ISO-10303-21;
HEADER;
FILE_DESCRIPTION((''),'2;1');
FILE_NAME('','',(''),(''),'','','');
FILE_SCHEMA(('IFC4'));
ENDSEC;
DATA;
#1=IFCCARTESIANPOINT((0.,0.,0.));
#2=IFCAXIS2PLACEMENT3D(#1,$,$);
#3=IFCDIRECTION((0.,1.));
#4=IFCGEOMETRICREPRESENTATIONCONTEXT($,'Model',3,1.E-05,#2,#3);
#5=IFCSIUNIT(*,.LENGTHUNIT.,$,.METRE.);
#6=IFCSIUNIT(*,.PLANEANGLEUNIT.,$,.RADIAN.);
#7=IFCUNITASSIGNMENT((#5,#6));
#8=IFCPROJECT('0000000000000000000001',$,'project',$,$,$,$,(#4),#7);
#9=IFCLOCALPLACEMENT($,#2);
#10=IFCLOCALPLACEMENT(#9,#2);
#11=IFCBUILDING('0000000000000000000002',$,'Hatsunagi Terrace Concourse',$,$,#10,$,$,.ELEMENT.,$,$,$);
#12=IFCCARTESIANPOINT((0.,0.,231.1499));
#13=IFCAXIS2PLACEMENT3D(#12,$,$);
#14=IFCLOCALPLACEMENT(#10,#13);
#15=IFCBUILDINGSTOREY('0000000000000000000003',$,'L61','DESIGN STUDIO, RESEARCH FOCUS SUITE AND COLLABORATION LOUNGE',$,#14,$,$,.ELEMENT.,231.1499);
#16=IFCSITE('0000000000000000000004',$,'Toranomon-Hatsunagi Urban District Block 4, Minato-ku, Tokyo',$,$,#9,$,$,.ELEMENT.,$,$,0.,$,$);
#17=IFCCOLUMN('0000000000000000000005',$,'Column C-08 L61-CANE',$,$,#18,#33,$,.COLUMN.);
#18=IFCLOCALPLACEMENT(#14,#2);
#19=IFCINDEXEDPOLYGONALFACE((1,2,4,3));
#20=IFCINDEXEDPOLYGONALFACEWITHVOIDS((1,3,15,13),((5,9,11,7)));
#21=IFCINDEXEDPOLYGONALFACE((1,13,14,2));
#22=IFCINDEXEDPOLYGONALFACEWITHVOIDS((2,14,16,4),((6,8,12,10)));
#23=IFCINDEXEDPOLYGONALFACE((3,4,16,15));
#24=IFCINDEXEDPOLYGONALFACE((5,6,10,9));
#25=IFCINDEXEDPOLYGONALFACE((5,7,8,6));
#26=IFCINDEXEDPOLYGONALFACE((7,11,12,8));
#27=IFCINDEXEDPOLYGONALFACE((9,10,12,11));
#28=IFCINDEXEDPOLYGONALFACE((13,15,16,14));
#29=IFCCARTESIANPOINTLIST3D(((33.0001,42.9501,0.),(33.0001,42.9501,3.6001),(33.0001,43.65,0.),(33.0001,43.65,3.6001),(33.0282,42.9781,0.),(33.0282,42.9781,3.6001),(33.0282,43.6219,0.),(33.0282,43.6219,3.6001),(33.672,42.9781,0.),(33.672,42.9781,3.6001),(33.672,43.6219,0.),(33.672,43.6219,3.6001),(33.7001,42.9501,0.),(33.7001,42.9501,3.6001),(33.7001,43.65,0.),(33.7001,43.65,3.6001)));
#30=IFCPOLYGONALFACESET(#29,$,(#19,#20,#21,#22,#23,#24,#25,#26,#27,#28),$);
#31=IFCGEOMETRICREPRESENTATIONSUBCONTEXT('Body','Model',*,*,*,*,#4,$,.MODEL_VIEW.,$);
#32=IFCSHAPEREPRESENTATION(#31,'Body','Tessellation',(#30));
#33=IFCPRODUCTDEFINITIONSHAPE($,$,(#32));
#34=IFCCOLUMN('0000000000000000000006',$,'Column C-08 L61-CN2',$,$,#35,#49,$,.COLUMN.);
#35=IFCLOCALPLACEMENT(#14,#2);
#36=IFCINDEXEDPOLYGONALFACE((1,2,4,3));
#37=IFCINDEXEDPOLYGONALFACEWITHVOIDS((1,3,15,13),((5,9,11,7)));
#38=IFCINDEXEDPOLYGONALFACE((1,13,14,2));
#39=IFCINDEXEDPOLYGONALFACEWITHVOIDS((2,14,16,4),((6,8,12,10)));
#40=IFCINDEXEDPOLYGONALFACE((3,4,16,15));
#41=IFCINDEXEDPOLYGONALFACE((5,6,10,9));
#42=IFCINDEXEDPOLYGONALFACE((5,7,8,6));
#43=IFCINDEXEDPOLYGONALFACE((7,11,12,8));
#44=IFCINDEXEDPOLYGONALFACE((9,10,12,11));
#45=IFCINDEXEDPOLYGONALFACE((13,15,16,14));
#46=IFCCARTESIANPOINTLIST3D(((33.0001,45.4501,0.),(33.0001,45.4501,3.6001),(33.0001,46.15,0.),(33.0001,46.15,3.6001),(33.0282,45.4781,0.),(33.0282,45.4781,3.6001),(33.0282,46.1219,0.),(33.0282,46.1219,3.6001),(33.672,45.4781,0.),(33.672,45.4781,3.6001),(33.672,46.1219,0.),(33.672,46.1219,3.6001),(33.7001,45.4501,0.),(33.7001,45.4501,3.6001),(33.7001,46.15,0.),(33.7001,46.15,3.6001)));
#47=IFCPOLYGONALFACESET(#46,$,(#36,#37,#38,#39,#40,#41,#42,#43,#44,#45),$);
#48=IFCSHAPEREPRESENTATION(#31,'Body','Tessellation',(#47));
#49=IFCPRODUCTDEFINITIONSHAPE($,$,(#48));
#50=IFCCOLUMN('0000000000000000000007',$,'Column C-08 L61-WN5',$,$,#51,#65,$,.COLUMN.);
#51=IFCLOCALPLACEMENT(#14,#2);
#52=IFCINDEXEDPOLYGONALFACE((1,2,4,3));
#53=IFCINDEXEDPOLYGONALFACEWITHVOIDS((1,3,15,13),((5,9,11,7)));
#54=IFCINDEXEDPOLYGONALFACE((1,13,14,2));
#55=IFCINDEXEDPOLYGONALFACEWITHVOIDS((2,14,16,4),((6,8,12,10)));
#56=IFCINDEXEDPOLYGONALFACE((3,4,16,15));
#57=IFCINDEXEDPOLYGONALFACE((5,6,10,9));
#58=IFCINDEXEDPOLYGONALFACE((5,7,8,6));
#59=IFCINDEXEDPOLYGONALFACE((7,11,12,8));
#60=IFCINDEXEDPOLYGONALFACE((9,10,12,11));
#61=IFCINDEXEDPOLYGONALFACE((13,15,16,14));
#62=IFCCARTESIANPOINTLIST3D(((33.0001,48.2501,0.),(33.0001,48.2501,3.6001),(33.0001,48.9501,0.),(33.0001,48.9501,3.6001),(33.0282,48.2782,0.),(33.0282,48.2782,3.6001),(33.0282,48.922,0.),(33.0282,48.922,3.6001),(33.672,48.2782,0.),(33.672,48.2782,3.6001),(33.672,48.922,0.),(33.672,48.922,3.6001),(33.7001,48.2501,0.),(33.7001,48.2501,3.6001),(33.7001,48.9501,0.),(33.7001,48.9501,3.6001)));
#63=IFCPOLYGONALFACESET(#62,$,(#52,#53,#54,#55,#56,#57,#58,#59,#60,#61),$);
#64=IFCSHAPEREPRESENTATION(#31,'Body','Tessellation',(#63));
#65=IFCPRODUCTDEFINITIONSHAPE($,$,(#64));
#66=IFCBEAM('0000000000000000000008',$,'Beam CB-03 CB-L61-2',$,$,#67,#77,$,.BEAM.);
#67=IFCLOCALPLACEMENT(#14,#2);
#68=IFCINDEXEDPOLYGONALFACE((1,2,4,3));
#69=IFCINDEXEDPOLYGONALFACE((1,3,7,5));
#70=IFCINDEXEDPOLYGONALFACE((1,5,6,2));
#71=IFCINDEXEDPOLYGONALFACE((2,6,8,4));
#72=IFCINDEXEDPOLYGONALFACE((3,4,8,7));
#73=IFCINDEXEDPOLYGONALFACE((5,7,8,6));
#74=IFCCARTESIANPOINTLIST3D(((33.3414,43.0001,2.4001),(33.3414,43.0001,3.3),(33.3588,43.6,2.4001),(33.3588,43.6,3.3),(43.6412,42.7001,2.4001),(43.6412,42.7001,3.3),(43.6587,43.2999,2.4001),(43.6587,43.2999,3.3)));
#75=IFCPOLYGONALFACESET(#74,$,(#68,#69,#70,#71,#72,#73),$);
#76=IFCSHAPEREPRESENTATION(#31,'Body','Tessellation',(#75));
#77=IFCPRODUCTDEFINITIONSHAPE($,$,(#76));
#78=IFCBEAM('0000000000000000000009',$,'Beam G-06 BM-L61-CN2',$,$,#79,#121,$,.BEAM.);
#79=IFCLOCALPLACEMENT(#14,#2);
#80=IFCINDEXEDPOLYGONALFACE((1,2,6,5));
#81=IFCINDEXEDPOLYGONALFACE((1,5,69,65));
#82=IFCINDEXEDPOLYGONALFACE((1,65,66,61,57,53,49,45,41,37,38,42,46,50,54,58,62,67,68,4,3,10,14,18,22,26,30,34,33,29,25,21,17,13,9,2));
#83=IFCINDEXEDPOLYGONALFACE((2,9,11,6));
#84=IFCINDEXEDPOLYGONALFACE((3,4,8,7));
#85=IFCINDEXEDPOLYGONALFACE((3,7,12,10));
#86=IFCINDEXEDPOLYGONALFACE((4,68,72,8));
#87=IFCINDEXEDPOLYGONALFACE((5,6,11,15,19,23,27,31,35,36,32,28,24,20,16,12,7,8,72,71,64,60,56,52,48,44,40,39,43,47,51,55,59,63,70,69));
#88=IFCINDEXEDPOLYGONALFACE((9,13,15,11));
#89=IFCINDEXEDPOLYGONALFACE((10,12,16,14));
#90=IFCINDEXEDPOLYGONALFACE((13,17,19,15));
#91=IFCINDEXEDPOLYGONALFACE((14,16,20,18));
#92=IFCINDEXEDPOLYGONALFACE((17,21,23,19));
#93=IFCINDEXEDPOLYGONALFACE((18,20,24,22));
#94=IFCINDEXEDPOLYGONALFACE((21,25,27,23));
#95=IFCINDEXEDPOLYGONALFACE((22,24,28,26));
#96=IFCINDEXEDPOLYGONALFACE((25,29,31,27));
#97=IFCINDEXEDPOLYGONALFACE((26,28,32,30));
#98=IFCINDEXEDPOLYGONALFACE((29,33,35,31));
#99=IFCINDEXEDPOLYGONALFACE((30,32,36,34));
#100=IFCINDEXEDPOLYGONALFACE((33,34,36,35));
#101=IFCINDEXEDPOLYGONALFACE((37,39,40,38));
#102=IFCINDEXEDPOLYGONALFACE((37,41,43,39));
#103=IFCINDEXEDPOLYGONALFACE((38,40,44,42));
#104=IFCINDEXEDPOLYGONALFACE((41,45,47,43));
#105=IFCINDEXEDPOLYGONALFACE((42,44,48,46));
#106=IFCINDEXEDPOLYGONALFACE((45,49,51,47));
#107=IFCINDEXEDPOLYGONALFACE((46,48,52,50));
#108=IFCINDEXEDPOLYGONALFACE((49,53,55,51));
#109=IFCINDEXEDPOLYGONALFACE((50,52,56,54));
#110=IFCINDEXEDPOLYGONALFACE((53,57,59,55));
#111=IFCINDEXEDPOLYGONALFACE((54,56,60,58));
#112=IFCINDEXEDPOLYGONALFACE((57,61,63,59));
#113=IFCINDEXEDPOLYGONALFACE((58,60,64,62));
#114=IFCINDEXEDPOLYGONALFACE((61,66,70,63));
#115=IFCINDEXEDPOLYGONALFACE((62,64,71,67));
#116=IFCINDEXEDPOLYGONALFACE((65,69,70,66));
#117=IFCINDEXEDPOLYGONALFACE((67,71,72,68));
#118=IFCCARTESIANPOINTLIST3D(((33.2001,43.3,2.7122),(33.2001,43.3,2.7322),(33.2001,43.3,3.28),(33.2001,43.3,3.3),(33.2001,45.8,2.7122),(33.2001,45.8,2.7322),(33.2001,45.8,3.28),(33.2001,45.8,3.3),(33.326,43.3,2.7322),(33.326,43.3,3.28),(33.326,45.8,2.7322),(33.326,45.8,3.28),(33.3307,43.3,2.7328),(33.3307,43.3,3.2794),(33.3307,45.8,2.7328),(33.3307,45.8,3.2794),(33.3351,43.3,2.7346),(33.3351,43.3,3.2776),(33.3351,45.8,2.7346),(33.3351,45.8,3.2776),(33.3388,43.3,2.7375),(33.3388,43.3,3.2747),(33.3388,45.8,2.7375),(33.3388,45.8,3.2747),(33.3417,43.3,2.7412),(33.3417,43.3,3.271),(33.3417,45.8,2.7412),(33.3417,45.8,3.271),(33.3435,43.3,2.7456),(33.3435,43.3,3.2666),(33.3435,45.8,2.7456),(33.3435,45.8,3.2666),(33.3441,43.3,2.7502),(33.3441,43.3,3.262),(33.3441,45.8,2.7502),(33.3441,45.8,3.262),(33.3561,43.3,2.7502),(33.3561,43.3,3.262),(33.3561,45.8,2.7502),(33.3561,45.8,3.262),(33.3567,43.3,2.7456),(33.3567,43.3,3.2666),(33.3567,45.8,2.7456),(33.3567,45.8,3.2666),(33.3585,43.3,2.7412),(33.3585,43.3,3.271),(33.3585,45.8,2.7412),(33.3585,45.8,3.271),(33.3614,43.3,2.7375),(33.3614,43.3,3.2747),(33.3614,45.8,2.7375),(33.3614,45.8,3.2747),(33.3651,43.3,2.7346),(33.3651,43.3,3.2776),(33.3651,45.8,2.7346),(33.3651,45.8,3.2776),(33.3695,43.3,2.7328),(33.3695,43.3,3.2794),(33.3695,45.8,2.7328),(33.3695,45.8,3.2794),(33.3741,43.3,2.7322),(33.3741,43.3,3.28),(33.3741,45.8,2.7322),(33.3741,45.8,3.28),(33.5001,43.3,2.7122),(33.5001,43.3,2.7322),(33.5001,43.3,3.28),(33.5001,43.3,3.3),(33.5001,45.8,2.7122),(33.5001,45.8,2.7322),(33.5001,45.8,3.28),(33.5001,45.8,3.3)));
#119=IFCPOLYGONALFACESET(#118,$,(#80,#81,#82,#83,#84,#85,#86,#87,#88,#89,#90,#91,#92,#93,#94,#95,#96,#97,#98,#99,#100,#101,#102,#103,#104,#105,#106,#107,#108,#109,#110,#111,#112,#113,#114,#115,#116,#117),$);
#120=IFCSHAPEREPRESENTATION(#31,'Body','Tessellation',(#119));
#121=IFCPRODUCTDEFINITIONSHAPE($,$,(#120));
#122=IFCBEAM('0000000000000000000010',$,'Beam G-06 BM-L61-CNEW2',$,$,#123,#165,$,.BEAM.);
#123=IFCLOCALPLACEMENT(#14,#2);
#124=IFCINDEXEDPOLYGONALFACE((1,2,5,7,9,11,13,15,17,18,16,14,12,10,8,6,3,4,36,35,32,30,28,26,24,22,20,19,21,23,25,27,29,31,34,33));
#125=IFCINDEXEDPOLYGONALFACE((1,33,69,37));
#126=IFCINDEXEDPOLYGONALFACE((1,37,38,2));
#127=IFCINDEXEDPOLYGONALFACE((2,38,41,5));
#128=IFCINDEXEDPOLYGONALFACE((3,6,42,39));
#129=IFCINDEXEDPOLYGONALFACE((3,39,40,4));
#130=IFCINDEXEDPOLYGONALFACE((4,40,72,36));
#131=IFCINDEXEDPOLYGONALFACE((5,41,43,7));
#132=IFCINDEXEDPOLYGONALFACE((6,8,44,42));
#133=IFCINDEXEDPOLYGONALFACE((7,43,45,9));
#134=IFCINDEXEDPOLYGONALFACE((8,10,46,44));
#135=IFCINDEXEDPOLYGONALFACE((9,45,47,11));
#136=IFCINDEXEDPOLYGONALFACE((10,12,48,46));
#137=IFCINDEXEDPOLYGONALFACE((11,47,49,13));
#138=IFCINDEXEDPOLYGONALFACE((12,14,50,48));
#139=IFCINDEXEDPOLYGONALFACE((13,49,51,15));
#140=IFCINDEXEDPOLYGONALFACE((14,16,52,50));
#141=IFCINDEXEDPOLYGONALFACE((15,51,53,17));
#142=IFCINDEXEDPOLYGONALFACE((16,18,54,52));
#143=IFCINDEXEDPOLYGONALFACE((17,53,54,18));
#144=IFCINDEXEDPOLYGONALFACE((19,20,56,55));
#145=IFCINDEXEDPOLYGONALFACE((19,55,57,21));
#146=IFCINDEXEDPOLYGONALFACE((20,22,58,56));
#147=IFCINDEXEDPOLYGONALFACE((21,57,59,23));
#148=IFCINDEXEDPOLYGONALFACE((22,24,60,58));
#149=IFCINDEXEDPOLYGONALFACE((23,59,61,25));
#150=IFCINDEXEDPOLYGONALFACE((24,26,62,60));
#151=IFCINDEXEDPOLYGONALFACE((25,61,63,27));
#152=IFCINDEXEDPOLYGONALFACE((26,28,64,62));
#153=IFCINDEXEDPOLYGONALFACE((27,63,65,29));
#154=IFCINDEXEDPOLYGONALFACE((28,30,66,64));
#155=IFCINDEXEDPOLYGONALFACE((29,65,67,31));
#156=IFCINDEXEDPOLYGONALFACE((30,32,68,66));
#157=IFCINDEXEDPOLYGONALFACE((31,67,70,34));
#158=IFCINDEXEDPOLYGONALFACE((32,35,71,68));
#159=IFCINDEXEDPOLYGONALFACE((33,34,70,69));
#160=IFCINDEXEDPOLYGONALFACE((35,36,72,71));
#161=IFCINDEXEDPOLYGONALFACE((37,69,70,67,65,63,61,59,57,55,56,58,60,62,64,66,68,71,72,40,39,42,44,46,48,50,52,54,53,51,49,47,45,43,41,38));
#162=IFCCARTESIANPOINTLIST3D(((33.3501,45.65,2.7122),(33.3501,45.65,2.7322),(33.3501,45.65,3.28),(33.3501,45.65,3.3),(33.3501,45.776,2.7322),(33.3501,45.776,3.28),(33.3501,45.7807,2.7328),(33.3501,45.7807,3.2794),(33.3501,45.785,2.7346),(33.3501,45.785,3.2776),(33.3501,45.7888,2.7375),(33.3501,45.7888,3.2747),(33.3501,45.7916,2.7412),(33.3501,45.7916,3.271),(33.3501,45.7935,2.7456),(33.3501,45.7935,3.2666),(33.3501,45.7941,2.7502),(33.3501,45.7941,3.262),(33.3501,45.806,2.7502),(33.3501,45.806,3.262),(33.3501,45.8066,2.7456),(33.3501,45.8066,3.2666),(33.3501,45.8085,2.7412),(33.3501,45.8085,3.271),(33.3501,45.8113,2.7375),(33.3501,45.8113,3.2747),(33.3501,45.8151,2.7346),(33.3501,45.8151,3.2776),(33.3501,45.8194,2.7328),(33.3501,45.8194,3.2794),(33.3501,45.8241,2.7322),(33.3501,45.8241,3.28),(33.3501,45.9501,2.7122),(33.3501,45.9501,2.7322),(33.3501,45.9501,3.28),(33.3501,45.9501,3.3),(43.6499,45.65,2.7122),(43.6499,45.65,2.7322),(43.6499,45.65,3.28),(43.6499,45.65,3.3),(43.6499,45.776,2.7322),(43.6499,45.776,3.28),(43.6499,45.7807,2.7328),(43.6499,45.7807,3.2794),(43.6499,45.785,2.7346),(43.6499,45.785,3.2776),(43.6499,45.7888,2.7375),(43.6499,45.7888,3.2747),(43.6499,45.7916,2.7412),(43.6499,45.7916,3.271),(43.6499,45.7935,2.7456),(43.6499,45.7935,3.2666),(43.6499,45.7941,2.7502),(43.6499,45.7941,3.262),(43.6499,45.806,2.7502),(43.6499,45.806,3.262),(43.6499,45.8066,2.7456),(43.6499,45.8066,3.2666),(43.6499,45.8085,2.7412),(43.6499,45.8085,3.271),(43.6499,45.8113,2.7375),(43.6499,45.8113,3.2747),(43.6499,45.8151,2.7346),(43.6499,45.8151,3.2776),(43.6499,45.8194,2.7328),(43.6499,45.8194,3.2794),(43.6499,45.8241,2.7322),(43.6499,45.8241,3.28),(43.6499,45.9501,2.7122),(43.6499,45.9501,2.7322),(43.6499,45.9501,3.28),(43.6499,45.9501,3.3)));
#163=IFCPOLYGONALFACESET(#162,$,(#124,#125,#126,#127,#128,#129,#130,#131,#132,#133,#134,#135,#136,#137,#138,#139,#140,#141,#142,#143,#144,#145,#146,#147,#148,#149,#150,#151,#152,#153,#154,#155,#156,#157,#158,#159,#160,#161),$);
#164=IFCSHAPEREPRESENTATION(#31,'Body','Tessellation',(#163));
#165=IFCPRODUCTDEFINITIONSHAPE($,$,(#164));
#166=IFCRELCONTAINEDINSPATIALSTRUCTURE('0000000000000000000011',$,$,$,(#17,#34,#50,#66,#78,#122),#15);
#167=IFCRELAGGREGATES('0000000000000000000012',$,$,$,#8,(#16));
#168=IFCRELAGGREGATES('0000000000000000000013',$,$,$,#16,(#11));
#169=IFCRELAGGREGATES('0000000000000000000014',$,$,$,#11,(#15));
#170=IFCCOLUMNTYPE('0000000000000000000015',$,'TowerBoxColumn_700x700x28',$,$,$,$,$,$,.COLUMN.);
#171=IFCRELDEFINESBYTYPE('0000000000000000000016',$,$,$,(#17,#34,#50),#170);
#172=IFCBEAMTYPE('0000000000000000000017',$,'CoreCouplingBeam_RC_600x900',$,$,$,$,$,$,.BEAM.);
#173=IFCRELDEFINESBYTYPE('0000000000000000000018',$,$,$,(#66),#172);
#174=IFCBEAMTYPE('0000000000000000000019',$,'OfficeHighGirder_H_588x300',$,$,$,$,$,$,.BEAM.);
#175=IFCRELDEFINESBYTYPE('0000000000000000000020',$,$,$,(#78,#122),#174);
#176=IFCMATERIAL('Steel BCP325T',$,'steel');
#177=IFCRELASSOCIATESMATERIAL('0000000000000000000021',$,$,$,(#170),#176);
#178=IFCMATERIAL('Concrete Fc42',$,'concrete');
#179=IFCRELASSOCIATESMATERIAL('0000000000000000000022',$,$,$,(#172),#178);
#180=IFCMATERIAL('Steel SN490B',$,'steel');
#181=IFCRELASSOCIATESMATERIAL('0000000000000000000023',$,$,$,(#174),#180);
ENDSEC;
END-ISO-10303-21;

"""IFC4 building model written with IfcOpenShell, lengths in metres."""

from ifc_helpers import new_model, si_unit, direction, frame, origin, origin_2d, place, context, subcontext, project, spatial, rectangle, hollow_rectangle, i_section, extrude, material, material_profile, profile_set, type_object, element, save


model = new_model("IFC4")

# Units and contexts
model_context = context("Model", 3, precision=1e-05, world=origin(), true_north=direction((0.0, 1.0)))
body_context = subcontext(model_context, "Body", "Model", "MODEL_VIEW")
ifc_project = project(units=[si_unit("LENGTHUNIT", "METRE"), si_unit("PLANEANGLEUNIT", "RADIAN")], contexts=[model_context])

# Site, building, storey
site_placement = place(None, origin())
site = spatial("IfcSite", under=ifc_project, at=site_placement, Name="Toranomon-Hatsunagi Urban District Block 4, Minato-ku, Tokyo", CompositionType="ELEMENT", RefElevation=0.0)
building_placement = place(site_placement, origin())
building = spatial("IfcBuilding", under=site, at=building_placement, Name="Hatsunagi Terrace Concourse", CompositionType="ELEMENT")
storey_placement = place(building_placement, frame((0.0, 0.0, 231.1499)))
storey = spatial("IfcBuildingStorey", under=building, at=storey_placement, Name="L61", Description="DESIGN STUDIO, RESEARCH FOCUS SUITE AND COLLABORATION LOUNGE", CompositionType="ELEMENT", Elevation=231.1499)

# Columns
ifc_material_1 = material(Name="Steel BCP325T", Category="steel")
ifc_material_profile_1 = material_profile(ifc_material_1, hollow_rectangle(XDim=0.7, YDim=0.7, WallThickness=0.0281, at=origin_2d()), Name="BCP-700x700x28")
ifc_profile_set_1 = profile_set([ifc_material_profile_1], Name="Steel BCP325T")
column_type = type_object("IfcColumnType", Name="TowerBoxColumn_700x700x28", PredefinedType="COLUMN", material=ifc_profile_set_1)
for number, where, z_axis, x_axis, name in (
    (1, (33.3501, 43.3, 0.0), (0.0, 0.0, 1.0), (1.0, 0.0, 0.0), "Column C-08 L61-CANE"),
    (2, (33.3501, 45.8, 0.0), (0.0, 0.0, 1.0), (1.0, 0.0, 0.0), "Column C-08 L61-CN2"),
    (3, (33.3501, 48.6001, 0.0), (0.0, 0.0, 1.0), (1.0, 0.0, 0.0), "Column C-08 L61-WN5"),
):
    element("IfcColumn", number, at=place(storey_placement, frame(where, z_axis=z_axis, x_axis=x_axis)), inside=storey, type_object=column_type, Name=name, PredefinedType="COLUMN", context=body_context, shape_type="SweptSolid", body=[
        extrude(hollow_rectangle(XDim=0.7, YDim=0.7, WallThickness=0.0281, at=origin_2d()), origin(), (0.0, 0.0, 1.0), 3.6001),
    ])

# Beams
ifc_material_2 = material(Name="Concrete Fc42", Category="concrete")
ifc_material_profile_2 = material_profile(ifc_material_2, rectangle(XDim=0.6001, YDim=0.8999, at=origin_2d()), Name="RC-600x900")
ifc_profile_set_2 = profile_set([ifc_material_profile_2], Name="Concrete Fc42")
beam_type_1 = type_object("IfcBeamType", Name="CoreCouplingBeam_RC_600x900", PredefinedType="BEAM", material=ifc_profile_set_2)
beam_1_placement = place(storey_placement, frame((33.3501, 43.3, 2.8501), z_axis=(0.999576, -0.029119, 0.0), x_axis=(0.029119, 0.999576, 0.0)))
element("IfcBeam", 4, at=beam_1_placement, inside=storey, type_object=beam_type_1, Name="Beam CB-03 CB-L61-2", PredefinedType="BEAM", context=body_context, shape_type="SweptSolid", body=[
    extrude(rectangle(XDim=0.6001, YDim=0.8999, at=origin_2d()), origin(), (0.0, 0.0, 1.0), 10.3042),
])
ifc_material_3 = material(Name="Steel SN490B", Category="steel")
ifc_material_profile_3 = material_profile(ifc_material_3, i_section(OverallWidth=0.3, OverallDepth=0.5879, WebThickness=0.012, FlangeThickness=0.02, FilletRadius=0.0181, at=origin_2d()), Name="H-588x300x12x20")
ifc_profile_set_3 = profile_set([ifc_material_profile_3], Name="Steel SN490B")
beam_type_2 = type_object("IfcBeamType", Name="OfficeHighGirder_H_588x300", PredefinedType="BEAM", material=ifc_profile_set_3)
beam_2_placement = place(storey_placement, frame((33.3501, 43.3, 3.0061), z_axis=(0.0, 1.0, 0.0), x_axis=(-1.0, 0.0, 0.0)))
element("IfcBeam", 5, at=beam_2_placement, inside=storey, type_object=beam_type_2, Name="Beam G-06 BM-L61-CN2", PredefinedType="BEAM", context=body_context, shape_type="SweptSolid", body=[
    extrude(i_section(OverallWidth=0.3, OverallDepth=0.5879, WebThickness=0.012, FlangeThickness=0.02, FilletRadius=0.0181, at=origin_2d()), origin(), (0.0, 0.0, 1.0), 2.5),
])
beam_3_placement = place(storey_placement, frame((33.3501, 45.8, 3.0061), z_axis=(1.0, 0.0, 0.0), x_axis=(0.0, 1.0, 0.0)))
element("IfcBeam", 6, at=beam_3_placement, inside=storey, type_object=beam_type_2, Name="Beam G-06 BM-L61-CNEW2", PredefinedType="BEAM", context=body_context, shape_type="SweptSolid", body=[
    extrude(i_section(OverallWidth=0.3, OverallDepth=0.5879, WebThickness=0.012, FlangeThickness=0.02, FilletRadius=0.0181, at=origin_2d()), origin(), (0.0, 0.0, 1.0), 10.2998),
])

save(model, "model.ifc")
